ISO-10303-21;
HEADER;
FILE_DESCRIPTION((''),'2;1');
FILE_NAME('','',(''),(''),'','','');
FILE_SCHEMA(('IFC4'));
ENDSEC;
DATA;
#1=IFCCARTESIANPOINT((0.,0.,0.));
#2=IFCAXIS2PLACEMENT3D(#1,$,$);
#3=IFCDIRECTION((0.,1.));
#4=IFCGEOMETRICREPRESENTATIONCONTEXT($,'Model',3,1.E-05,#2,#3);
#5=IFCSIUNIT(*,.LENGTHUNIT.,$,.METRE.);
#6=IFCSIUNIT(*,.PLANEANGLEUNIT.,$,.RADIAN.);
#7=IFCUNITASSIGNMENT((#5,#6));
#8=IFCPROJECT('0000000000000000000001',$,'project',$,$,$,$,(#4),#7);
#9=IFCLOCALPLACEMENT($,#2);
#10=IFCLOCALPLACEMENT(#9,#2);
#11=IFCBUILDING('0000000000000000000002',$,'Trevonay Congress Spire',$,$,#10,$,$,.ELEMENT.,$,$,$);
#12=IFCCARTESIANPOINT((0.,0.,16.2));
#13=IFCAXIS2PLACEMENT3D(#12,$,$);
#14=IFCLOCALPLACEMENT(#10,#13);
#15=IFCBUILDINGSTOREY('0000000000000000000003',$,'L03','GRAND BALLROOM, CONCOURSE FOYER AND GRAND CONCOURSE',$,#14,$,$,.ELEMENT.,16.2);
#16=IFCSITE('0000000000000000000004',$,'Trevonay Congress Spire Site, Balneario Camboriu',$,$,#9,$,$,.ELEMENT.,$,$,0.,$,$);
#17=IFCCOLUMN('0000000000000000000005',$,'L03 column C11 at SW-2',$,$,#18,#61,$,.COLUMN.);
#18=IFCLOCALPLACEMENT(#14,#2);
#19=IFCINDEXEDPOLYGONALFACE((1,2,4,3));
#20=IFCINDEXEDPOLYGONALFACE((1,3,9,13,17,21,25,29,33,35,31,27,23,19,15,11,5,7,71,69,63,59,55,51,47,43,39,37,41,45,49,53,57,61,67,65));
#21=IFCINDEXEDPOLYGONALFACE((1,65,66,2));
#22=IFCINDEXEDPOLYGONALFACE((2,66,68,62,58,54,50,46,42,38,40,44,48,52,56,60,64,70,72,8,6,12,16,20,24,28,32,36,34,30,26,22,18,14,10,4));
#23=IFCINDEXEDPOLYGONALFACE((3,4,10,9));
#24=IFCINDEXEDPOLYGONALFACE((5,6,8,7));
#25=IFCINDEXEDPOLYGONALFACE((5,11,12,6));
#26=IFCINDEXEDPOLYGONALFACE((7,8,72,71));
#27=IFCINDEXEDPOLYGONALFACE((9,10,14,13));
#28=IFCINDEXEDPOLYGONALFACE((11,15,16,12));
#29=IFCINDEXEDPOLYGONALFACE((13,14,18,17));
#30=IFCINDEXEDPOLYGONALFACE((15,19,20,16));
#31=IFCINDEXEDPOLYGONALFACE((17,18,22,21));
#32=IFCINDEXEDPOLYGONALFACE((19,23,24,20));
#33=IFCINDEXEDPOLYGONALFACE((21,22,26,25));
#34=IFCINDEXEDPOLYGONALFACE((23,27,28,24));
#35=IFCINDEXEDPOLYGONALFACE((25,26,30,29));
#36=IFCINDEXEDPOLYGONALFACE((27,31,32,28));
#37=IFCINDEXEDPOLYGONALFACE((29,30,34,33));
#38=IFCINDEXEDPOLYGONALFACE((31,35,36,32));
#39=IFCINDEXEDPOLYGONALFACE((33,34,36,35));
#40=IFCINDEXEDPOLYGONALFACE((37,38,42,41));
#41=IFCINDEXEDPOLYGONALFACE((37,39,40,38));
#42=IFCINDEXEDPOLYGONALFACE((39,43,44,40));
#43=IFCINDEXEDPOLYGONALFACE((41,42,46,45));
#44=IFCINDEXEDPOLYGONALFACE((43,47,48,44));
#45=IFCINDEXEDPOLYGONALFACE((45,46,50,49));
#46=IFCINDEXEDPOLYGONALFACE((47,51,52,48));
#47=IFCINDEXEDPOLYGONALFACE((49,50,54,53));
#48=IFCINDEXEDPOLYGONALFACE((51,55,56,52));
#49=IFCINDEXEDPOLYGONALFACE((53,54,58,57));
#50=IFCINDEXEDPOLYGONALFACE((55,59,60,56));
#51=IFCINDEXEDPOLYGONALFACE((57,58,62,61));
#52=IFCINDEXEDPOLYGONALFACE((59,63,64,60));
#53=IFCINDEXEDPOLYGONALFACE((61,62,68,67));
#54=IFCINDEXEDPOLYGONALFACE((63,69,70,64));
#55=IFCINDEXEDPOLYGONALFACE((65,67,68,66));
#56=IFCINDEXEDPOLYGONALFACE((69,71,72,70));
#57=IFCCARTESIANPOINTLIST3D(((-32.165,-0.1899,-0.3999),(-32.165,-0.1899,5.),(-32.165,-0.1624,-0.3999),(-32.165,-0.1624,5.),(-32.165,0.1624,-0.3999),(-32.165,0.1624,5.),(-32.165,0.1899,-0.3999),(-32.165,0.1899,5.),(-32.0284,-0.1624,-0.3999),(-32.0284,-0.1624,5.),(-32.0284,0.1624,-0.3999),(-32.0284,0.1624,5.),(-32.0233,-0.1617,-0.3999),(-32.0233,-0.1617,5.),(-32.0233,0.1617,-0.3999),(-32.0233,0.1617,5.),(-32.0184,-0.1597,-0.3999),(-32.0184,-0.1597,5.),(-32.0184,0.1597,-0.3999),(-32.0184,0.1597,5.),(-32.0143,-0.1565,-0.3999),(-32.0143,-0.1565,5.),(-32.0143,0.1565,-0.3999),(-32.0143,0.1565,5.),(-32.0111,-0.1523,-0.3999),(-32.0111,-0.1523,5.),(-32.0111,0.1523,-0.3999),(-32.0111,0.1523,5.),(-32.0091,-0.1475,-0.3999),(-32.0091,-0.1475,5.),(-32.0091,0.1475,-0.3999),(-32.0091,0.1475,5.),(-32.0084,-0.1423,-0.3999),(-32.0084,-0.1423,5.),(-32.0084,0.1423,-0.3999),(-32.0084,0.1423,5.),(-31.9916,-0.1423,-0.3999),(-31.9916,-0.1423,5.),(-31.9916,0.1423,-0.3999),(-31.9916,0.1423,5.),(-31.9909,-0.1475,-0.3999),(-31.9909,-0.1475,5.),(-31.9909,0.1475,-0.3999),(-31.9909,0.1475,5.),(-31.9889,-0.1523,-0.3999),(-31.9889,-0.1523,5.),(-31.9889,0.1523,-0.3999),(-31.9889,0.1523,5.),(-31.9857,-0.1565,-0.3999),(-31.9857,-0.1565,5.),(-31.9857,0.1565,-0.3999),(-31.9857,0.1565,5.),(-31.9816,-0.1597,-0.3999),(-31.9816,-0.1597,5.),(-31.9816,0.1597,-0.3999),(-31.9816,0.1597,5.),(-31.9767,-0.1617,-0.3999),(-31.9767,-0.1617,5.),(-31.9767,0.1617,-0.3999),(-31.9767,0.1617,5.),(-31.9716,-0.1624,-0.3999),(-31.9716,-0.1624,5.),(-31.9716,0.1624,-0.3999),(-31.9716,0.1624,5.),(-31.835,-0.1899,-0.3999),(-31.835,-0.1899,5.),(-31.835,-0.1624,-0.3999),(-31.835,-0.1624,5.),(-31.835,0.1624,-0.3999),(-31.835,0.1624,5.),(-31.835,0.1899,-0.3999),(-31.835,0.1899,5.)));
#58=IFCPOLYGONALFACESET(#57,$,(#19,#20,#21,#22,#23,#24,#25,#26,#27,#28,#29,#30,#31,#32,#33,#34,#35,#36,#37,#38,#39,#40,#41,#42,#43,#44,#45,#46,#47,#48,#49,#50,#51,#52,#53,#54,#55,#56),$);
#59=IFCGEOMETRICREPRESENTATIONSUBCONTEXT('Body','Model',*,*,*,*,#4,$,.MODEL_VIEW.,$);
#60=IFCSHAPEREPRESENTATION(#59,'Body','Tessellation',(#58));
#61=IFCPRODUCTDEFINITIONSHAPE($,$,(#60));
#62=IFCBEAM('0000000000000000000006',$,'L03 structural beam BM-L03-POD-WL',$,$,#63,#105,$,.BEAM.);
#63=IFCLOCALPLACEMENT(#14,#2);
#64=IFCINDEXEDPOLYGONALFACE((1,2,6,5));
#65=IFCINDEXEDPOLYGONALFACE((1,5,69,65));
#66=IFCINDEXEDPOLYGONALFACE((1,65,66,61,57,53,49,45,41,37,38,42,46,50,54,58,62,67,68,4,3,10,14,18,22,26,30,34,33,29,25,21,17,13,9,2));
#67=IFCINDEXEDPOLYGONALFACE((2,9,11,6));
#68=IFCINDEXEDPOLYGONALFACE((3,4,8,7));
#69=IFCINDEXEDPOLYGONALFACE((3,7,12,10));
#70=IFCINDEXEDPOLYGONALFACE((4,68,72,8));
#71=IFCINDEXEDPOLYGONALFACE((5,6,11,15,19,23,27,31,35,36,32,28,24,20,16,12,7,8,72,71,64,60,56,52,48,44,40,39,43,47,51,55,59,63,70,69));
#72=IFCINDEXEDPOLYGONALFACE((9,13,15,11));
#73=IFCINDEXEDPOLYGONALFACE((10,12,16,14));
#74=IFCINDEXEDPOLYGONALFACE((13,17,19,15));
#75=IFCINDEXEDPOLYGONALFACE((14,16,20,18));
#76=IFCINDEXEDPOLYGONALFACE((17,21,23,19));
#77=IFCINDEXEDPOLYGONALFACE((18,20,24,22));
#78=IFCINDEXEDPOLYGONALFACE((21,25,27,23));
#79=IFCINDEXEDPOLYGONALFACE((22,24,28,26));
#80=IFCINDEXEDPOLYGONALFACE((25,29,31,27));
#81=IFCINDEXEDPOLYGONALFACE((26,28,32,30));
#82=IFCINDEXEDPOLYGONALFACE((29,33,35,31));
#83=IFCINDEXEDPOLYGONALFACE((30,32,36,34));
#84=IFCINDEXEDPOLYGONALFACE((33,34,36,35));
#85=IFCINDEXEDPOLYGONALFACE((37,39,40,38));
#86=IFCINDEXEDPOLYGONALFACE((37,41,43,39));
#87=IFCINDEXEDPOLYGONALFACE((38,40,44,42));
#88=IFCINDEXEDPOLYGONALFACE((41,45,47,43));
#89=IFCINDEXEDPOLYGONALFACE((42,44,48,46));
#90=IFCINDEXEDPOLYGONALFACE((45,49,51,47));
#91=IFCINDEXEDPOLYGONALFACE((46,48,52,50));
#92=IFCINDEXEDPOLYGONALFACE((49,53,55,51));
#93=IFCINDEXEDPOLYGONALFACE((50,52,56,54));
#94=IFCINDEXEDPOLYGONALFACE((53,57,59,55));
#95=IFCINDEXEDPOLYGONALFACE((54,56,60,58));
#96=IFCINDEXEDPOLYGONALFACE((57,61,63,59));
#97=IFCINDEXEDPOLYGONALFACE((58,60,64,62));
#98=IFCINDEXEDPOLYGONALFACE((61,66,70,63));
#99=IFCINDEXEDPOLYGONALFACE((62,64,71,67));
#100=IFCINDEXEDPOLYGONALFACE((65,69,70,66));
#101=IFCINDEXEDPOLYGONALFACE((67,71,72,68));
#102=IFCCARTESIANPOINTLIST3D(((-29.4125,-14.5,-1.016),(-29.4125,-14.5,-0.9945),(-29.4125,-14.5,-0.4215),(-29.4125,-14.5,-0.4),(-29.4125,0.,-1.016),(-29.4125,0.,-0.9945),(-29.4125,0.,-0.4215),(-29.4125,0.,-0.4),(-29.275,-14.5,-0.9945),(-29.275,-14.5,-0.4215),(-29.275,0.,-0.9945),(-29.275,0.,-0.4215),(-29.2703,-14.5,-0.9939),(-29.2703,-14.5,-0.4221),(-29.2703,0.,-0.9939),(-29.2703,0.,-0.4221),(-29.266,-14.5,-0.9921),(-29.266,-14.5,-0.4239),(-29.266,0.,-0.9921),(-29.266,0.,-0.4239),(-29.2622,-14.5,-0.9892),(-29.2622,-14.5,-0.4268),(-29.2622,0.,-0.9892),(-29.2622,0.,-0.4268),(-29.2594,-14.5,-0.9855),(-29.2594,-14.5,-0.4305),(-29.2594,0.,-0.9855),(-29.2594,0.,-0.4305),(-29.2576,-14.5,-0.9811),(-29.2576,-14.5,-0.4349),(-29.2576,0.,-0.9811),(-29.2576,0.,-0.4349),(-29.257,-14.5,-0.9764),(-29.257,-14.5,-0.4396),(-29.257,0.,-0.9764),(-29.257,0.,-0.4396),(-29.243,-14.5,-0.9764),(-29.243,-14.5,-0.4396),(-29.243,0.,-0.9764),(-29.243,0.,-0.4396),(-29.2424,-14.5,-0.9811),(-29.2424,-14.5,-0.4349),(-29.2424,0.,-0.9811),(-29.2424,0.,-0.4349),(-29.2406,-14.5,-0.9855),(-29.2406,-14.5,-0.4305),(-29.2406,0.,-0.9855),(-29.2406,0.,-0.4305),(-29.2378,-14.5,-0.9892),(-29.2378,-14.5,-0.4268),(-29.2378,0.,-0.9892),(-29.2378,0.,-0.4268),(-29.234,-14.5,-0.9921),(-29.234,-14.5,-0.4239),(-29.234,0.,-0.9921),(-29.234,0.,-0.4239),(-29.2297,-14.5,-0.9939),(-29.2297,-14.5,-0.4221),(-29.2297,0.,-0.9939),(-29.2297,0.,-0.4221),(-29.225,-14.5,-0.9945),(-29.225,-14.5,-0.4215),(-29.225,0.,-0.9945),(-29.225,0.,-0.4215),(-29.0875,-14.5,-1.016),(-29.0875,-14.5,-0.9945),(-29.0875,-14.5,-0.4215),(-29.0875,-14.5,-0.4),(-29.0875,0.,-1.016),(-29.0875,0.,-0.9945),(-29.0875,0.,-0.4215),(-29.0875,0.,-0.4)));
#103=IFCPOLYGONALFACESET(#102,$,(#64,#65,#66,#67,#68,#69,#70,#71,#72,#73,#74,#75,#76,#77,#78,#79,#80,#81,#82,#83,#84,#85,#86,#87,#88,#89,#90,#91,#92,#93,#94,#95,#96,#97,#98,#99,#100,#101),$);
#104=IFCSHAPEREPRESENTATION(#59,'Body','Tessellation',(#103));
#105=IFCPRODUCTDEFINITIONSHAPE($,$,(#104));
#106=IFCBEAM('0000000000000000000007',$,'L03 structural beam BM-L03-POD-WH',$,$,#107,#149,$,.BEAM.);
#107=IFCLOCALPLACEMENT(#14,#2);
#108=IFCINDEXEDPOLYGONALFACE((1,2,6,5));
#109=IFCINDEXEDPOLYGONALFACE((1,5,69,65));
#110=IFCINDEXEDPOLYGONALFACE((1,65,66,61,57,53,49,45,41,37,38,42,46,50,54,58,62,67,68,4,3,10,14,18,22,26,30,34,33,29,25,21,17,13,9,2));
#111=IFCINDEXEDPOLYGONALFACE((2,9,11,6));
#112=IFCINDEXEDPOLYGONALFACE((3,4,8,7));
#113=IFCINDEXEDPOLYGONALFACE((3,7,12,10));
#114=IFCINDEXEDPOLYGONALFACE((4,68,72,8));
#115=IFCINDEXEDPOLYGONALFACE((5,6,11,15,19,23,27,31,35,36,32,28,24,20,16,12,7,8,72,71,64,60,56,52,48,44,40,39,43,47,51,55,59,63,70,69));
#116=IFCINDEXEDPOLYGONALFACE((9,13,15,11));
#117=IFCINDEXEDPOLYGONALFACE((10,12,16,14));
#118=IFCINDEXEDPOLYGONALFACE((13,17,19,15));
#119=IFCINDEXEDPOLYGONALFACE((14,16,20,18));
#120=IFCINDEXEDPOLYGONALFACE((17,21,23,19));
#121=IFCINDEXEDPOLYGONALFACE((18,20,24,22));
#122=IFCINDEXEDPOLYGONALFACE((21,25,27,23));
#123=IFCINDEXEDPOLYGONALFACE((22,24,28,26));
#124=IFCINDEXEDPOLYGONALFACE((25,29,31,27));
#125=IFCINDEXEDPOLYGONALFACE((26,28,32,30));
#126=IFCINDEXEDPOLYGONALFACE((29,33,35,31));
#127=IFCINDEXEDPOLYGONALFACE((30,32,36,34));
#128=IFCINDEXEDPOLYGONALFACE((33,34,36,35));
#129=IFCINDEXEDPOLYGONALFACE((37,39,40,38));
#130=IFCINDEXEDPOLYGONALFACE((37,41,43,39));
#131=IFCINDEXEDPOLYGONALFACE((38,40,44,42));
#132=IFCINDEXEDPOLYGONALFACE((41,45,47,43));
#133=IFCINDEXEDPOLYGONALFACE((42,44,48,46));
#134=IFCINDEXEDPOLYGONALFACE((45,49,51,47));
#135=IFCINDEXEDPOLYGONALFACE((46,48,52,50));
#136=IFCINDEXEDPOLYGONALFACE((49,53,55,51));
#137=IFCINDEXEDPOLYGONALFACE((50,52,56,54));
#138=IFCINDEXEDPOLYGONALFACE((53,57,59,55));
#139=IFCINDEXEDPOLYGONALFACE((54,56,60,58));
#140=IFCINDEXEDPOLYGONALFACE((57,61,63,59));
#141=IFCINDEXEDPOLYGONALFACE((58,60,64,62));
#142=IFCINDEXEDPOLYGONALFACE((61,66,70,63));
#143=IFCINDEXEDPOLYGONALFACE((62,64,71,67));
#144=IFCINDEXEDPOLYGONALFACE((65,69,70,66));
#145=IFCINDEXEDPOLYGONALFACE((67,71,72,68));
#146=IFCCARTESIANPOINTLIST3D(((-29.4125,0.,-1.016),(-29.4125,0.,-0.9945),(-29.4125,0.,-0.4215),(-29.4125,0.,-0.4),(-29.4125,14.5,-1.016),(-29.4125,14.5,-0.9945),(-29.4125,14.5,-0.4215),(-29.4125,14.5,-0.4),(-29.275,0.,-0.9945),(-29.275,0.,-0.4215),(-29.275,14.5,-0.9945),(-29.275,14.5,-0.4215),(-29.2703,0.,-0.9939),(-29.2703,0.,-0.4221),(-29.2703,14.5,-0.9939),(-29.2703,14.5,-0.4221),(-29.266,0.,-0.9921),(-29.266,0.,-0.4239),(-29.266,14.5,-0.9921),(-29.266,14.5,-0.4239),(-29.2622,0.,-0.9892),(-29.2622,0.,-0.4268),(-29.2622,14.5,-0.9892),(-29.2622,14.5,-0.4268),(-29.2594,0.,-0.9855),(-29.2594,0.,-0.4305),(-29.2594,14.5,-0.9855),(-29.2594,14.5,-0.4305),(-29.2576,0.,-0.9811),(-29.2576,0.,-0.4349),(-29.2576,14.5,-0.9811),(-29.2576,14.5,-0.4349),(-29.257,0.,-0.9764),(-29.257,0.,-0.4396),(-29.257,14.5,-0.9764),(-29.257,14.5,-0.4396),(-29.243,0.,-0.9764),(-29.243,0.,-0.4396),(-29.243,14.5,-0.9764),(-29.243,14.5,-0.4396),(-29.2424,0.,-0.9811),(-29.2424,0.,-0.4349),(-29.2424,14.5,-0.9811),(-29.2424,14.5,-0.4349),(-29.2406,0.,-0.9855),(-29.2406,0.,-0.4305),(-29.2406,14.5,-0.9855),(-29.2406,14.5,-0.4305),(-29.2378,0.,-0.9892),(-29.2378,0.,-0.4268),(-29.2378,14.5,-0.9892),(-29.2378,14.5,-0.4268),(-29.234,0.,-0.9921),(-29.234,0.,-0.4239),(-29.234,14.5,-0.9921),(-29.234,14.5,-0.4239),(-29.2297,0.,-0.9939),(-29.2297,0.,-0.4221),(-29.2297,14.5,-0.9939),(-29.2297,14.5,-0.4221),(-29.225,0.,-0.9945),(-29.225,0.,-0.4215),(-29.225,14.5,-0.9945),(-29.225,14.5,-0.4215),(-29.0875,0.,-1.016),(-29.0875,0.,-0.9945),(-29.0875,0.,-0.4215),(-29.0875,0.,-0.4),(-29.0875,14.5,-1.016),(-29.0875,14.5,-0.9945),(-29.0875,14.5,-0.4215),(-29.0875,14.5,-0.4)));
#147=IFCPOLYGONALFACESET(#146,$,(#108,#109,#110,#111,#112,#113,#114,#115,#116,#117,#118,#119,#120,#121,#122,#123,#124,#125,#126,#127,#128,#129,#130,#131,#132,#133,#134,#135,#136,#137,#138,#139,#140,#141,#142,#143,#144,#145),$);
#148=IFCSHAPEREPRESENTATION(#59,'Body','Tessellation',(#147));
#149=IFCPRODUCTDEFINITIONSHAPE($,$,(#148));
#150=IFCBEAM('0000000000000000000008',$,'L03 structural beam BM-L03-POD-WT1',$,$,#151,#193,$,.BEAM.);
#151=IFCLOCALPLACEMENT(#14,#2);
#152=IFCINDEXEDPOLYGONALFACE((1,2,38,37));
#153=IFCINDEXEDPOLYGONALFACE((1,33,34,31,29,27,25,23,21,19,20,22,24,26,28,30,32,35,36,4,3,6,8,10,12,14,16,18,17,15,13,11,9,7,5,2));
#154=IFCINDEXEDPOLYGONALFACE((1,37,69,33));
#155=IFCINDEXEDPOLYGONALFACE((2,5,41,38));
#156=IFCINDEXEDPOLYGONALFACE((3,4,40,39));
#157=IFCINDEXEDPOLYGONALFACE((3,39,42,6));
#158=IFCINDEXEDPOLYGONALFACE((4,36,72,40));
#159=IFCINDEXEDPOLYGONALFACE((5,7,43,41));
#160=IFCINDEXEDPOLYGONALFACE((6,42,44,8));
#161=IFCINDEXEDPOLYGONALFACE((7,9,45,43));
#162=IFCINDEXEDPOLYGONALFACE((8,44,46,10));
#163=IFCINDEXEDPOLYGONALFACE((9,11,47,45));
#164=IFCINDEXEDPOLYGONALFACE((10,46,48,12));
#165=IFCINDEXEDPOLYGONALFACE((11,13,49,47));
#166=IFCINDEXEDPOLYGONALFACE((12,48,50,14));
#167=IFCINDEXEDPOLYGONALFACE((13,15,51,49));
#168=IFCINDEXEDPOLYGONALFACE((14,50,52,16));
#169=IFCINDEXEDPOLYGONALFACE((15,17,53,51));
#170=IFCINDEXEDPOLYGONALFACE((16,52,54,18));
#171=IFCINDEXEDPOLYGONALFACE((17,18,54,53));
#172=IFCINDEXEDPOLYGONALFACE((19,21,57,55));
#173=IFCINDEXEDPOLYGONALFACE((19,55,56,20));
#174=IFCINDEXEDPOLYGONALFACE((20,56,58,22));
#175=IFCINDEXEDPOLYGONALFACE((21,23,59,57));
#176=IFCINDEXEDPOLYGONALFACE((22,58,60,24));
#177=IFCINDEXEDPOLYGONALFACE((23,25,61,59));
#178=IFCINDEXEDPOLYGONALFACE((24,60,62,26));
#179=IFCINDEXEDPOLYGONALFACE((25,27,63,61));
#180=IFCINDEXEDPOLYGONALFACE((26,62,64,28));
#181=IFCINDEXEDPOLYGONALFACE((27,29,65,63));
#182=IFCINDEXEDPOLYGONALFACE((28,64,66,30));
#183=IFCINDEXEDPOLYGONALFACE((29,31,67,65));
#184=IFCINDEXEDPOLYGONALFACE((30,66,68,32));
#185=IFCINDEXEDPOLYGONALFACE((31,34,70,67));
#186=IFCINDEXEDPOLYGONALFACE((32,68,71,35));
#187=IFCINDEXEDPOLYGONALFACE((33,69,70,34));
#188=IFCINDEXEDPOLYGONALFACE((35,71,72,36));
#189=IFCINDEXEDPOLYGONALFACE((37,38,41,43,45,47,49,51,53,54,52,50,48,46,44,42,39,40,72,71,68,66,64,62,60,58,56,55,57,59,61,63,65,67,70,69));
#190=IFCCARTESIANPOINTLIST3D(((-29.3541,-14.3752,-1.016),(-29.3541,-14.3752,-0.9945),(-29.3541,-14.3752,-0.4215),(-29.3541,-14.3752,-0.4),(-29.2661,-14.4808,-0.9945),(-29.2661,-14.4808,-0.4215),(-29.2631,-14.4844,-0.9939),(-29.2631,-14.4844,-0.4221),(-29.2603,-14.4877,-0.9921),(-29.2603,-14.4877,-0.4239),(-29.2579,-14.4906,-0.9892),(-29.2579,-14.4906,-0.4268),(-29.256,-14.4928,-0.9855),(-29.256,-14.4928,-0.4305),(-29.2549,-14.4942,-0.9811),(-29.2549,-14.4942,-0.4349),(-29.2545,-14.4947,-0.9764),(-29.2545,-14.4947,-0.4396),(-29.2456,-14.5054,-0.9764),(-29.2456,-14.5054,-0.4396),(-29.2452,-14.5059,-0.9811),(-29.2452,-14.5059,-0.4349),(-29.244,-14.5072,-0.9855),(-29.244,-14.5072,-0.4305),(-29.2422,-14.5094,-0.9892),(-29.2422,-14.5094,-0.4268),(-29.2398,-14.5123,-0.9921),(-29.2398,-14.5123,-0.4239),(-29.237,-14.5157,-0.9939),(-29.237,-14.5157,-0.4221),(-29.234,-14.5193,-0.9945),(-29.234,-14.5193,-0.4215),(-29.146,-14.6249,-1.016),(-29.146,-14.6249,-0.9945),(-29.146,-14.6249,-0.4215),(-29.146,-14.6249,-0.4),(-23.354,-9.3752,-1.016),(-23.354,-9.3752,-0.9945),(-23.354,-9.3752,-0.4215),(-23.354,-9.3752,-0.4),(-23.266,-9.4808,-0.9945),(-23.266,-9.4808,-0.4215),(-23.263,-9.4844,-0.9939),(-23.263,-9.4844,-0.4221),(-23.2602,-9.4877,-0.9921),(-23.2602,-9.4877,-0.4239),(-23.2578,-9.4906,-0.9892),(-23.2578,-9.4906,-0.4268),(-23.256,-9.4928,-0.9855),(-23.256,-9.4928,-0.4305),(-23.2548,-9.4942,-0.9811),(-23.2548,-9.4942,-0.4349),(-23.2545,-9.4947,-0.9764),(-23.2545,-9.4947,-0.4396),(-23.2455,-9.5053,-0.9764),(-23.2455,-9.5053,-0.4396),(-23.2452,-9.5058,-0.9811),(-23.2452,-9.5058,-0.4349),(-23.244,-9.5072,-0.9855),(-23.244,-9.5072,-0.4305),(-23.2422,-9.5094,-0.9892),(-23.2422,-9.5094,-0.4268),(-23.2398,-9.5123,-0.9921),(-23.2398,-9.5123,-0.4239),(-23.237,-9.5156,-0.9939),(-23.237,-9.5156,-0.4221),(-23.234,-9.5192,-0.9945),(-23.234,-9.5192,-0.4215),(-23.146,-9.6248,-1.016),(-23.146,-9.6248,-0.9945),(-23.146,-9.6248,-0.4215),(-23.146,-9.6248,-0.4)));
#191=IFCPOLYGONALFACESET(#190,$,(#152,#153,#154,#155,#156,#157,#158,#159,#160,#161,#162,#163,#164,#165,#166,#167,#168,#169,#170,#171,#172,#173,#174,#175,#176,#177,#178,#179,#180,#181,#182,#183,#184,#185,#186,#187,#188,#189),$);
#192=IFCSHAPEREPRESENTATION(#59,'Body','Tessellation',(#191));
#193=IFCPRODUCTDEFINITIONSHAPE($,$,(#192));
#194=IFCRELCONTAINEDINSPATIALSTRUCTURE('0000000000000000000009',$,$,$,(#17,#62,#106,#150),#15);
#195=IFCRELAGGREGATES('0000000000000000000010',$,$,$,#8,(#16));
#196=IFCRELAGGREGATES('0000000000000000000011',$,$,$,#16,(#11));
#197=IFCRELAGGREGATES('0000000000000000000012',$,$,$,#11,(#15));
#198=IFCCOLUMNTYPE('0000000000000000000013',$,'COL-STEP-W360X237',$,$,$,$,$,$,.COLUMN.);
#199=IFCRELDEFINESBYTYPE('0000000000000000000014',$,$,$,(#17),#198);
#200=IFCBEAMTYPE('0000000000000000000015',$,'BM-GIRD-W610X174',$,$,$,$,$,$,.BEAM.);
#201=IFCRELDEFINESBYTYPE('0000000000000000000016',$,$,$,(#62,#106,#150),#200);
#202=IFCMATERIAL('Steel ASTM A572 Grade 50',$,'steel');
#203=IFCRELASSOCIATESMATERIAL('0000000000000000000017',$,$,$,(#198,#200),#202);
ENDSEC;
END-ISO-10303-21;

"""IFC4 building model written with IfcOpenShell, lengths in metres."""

from ifc_helpers import new_model, si_unit, direction, frame, origin, origin_2d, place, context, subcontext, project, spatial, i_section, extrude, material, material_profile, profile_set, type_object, element, save


model = new_model("IFC4")

# Units and contexts
model_context = context("Model", 3, precision=1e-05, world=origin(), true_north=direction((0.0, 1.0)))
body_context = subcontext(model_context, "Body", "Model", "MODEL_VIEW")
ifc_project = project(units=[si_unit("LENGTHUNIT", "METRE"), si_unit("PLANEANGLEUNIT", "RADIAN")], contexts=[model_context])

# Site, building, storey
site_placement = place(None, origin())
site = spatial("IfcSite", under=ifc_project, at=site_placement, Name="Trevonay Congress Spire Site, Balneario Camboriu", CompositionType="ELEMENT", RefElevation=0.0)
building_placement = place(site_placement, origin())
building = spatial("IfcBuilding", under=site, at=building_placement, Name="Trevonay Congress Spire", CompositionType="ELEMENT")
storey_placement = place(building_placement, frame((0.0, 0.0, 16.2)))
storey = spatial("IfcBuildingStorey", under=building, at=storey_placement, Name="L03", Description="GRAND BALLROOM, CONCOURSE FOYER AND GRAND CONCOURSE", CompositionType="ELEMENT", Elevation=16.2)

# Column
ifc_material_1 = material(Name="Steel ASTM A572 Grade 50", Category="steel")
ifc_material_profile_1 = material_profile(ifc_material_1, i_section(OverallWidth=0.3301, OverallDepth=0.3799, WebThickness=0.0168, FlangeThickness=0.0276, FilletRadius=0.02, at=origin_2d()), Name="W360x237")
ifc_profile_set_1 = profile_set([ifc_material_profile_1], Name="Steel ASTM A572 Grade 50")
column_type_1 = type_object("IfcColumnType", Name="COL-STEP-W360X237", PredefinedType="COLUMN", material=ifc_profile_set_1)
for number, where, z_axis, x_axis, name in (
    (1, (-32.0, 0.0, -0.3999), (0.0, 0.0, 1.0), (1.0, 0.0, 0.0), "L03 column C11 at SW-2"),
):
    element("IfcColumn", number, at=place(storey_placement, frame(where, z_axis=z_axis, x_axis=x_axis)), inside=storey, type_object=column_type_1, Name=name, PredefinedType="COLUMN", context=body_context, shape_type="SweptSolid", body=[
        extrude(i_section(OverallWidth=0.3301, OverallDepth=0.3799, WebThickness=0.0168, FlangeThickness=0.0276, FilletRadius=0.02, at=origin_2d()), origin(), (0.0, 0.0, 1.0), 5.3999),
    ])

# Beams
ifc_material_profile_2 = material_profile(ifc_material_1, i_section(OverallWidth=0.325, OverallDepth=0.616, WebThickness=0.0139, FlangeThickness=0.0215, FilletRadius=0.0181, at=origin_2d()), Name="W610x174")
ifc_profile_set_2 = profile_set([ifc_material_profile_2], Name="Steel ASTM A572 Grade 50")
beam_type_1 = type_object("IfcBeamType", Name="BM-GIRD-W610X174", PredefinedType="BEAM", material=ifc_profile_set_2)
for number, where, z_axis, x_axis, name in (
    (2, (-29.25, -14.5, -0.708), (0.0, 1.0, 0.0), (-1.0, 0.0, 0.0), "L03 structural beam BM-L03-POD-WL"),
    (3, (-29.25, 0.0, -0.708), (0.0, 1.0, 0.0), (-1.0, 0.0, 0.0), "L03 structural beam BM-L03-POD-WH"),
):
    element("IfcBeam", number, at=place(storey_placement, frame(where, z_axis=z_axis, x_axis=x_axis)), inside=storey, type_object=beam_type_1, Name=name, PredefinedType="BEAM", context=body_context, shape_type="SweptSolid", body=[
        extrude(i_section(OverallWidth=0.325, OverallDepth=0.616, WebThickness=0.0139, FlangeThickness=0.0215, FilletRadius=0.0181, at=origin_2d()), origin(), (0.0, 0.0, 1.0), 14.5),
    ])
beam_1_placement = place(storey_placement, frame((-23.25, -9.5, -0.708), z_axis=(-0.768221, -0.640184, 0.0), x_axis=(0.640184, -0.768221, 0.0)))
element("IfcBeam", 4, at=beam_1_placement, inside=storey, type_object=beam_type_1, Name="L03 structural beam BM-L03-POD-WT1", PredefinedType="BEAM", context=body_context, shape_type="SweptSolid", body=[
    extrude(i_section(OverallWidth=0.325, OverallDepth=0.616, WebThickness=0.0139, FlangeThickness=0.0215, FilletRadius=0.0181, at=origin_2d()), origin(), (0.0, 0.0, 1.0), 7.8103),
])

save(model, "model.ifc")
